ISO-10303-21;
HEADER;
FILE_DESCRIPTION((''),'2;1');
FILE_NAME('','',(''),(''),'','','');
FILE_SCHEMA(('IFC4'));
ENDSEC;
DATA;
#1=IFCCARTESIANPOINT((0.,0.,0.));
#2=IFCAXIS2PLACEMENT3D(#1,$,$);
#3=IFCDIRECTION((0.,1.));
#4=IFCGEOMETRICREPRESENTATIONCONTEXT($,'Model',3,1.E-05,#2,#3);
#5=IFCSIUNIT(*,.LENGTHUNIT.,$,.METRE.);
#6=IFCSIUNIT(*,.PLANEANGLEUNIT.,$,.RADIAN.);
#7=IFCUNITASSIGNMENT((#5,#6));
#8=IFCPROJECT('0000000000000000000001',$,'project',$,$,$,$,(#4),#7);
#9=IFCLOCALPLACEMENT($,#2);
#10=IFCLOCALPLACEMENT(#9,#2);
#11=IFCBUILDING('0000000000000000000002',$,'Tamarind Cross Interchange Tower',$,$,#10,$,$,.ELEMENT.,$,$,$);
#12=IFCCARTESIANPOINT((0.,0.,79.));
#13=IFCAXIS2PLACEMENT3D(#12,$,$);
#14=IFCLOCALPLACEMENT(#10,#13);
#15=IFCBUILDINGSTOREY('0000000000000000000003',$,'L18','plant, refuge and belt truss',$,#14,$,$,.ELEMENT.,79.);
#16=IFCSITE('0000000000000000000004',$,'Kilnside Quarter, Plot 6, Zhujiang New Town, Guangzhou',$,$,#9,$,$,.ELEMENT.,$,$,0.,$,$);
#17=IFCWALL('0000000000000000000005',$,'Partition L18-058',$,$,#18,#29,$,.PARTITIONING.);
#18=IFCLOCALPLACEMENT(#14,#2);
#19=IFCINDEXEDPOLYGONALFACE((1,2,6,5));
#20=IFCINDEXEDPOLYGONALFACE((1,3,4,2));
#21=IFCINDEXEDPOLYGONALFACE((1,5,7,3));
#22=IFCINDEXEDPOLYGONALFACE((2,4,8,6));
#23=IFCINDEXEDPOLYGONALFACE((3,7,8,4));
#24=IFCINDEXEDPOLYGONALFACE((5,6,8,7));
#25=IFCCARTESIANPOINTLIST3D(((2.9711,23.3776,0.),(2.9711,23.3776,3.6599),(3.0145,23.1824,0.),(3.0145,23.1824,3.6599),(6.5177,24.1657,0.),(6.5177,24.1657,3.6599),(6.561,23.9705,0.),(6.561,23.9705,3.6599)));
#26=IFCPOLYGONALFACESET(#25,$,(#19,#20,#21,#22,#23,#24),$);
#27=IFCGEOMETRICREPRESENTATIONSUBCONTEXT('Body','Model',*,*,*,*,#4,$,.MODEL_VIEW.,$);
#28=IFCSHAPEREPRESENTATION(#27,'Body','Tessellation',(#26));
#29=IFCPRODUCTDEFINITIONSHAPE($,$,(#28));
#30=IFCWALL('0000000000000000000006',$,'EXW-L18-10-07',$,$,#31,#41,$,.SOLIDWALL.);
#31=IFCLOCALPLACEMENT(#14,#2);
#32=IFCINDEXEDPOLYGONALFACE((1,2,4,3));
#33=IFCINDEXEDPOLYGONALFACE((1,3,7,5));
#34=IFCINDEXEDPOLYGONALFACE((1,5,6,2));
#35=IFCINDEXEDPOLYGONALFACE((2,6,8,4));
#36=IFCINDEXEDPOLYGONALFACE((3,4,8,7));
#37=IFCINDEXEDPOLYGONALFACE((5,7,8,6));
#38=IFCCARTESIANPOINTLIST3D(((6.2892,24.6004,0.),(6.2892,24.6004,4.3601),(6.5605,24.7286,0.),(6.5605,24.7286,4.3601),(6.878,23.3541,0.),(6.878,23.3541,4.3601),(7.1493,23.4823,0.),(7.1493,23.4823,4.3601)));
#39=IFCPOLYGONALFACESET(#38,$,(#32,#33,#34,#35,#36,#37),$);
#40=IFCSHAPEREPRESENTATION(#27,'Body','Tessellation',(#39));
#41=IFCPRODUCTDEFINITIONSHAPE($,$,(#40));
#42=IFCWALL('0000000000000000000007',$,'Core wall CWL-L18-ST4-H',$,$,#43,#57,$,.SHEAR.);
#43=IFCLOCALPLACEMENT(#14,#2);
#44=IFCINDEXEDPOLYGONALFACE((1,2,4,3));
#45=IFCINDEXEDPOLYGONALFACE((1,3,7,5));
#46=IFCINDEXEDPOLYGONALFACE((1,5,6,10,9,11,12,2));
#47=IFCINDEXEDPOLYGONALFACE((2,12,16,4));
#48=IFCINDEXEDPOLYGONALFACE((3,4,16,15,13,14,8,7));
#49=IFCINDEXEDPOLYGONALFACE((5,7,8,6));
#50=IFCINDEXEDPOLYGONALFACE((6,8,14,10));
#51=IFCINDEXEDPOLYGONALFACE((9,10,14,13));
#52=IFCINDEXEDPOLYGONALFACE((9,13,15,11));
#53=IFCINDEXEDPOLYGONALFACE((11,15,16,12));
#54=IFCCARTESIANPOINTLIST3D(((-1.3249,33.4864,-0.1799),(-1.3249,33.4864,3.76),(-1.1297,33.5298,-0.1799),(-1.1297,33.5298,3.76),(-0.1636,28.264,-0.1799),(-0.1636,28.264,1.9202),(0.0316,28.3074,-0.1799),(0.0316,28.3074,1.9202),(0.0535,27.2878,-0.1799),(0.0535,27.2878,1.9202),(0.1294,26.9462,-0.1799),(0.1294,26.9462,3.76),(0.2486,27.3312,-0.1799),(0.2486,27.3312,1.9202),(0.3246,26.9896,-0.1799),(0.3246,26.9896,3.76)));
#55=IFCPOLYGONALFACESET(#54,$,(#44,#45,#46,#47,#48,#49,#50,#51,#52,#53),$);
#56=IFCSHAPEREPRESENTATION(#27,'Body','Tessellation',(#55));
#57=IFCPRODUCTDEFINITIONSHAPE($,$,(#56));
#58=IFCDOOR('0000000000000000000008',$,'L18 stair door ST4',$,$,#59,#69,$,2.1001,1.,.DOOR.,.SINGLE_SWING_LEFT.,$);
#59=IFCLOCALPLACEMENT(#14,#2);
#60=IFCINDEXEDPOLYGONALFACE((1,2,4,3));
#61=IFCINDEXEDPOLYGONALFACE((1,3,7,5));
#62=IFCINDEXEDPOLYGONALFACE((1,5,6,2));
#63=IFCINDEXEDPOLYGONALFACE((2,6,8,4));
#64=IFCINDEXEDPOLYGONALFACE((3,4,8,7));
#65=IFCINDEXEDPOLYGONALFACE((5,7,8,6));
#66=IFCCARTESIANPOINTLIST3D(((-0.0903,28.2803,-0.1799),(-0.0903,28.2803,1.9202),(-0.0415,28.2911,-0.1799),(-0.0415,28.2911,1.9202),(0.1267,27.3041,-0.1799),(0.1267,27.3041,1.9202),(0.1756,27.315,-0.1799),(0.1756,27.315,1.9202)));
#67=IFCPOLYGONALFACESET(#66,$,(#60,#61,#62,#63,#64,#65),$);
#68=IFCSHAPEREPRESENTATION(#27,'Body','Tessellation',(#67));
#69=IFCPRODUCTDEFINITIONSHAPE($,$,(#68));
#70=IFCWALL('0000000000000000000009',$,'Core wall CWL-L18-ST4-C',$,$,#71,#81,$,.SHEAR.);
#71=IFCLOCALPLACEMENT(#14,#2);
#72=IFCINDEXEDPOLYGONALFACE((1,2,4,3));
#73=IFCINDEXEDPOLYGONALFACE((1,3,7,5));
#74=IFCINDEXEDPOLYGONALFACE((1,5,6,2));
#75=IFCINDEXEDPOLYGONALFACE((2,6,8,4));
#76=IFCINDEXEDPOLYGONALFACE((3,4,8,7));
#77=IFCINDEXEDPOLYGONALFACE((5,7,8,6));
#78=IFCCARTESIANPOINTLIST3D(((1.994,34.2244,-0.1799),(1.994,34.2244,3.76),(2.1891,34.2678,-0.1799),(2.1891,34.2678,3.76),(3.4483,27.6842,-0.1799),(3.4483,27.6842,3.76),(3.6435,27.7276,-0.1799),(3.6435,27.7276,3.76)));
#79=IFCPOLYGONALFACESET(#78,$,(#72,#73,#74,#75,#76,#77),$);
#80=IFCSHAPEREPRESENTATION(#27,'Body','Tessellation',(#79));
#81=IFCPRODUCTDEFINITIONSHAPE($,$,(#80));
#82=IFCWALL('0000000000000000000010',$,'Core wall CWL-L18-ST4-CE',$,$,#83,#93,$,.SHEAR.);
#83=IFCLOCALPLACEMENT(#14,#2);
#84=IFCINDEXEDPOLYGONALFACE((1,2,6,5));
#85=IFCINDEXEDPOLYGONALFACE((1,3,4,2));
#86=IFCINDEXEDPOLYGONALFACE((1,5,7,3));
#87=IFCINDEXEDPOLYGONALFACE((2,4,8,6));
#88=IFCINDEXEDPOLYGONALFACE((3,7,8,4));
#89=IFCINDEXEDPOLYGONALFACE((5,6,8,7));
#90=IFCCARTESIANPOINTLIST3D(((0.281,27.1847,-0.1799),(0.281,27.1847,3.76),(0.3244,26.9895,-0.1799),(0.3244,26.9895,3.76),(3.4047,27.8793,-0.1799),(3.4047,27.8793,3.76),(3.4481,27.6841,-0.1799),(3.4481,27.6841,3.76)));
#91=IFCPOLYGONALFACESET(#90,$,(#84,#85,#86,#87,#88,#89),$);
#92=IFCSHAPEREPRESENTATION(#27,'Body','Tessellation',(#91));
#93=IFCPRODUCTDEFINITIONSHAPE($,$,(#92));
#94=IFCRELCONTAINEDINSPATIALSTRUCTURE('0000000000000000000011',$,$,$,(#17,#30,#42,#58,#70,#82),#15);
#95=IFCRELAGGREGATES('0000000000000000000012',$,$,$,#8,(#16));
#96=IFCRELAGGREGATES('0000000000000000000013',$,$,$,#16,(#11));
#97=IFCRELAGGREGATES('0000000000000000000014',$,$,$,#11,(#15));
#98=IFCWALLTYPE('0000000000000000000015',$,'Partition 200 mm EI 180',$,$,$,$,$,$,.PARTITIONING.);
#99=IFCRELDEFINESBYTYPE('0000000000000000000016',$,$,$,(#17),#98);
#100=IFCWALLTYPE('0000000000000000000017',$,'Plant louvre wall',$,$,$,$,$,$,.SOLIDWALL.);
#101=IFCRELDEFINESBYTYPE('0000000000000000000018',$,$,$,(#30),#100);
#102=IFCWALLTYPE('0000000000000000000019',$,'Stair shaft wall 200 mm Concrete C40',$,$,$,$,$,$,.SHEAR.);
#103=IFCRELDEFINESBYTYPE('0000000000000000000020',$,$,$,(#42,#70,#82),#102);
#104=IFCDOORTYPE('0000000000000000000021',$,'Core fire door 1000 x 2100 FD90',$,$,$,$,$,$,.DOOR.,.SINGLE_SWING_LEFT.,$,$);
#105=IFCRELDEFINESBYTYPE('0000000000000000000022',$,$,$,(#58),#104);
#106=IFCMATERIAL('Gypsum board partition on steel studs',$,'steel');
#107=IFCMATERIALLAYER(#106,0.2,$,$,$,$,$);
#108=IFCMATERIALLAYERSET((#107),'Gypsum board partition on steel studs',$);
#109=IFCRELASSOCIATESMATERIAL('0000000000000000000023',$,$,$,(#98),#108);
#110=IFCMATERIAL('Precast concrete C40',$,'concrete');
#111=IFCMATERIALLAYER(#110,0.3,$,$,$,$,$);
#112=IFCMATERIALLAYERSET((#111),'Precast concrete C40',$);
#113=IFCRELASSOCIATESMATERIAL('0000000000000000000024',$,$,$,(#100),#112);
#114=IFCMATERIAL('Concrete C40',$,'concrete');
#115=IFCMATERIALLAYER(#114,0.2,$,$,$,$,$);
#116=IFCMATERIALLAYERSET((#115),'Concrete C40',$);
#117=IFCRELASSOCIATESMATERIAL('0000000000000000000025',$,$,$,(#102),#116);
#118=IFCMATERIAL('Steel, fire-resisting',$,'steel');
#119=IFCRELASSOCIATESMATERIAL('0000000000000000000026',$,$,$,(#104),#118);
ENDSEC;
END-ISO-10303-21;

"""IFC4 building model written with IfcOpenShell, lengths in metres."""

from ifc_helpers import new_model, si_unit, direction, frame, frame_2d, origin, place, context, subcontext, project, spatial, rectangle, extrude, material, layer, layer_set, type_object, element, fill, save


model = new_model("IFC4")

# Units and contexts
model_context = context("Model", 3, precision=1e-05, world=origin(), true_north=direction((0.0, 1.0)))
body_context = subcontext(model_context, "Body", "Model", "MODEL_VIEW")
ifc_project = project(units=[si_unit("LENGTHUNIT", "METRE"), si_unit("PLANEANGLEUNIT", "RADIAN")], contexts=[model_context])

# Site, building, storey
site_placement = place(None, origin())
site = spatial("IfcSite", under=ifc_project, at=site_placement, Name="Kilnside Quarter, Plot 6, Zhujiang New Town, Guangzhou", CompositionType="ELEMENT", RefElevation=0.0)
building_placement = place(site_placement, origin())
building = spatial("IfcBuilding", under=site, at=building_placement, Name="Tamarind Cross Interchange Tower", CompositionType="ELEMENT")
storey_placement = place(building_placement, frame((0.0, 0.0, 79.0)))
storey = spatial("IfcBuildingStorey", under=building, at=storey_placement, Name="L18", Description="plant, refuge and belt truss", CompositionType="ELEMENT", Elevation=79.0)

# Shared definitions
ifc_material_1 = material(Name="Gypsum board partition on steel studs", Category="steel")

# Shared definitions
ifc_layer_1 = layer(ifc_material_1, 0.2)
ifc_layer_set_1 = layer_set([ifc_layer_1], Name="Gypsum board partition on steel studs")
wall_type_1 = type_object("IfcWallType", Name="Partition 200 mm EI 180", PredefinedType="PARTITIONING", material=ifc_layer_set_1)

# Walls
wall_1_placement = place(storey_placement, frame((2.9929, 23.28, 0.0), z_axis=(0.0, 0.0, 1.0), x_axis=(0.97619, 0.216916, 0.0)))
element("IfcWall", 1, at=wall_1_placement, inside=storey, type_object=wall_type_1, Name="Partition L18-058", PredefinedType="PARTITIONING", context=body_context, shape_type="SweptSolid", body=[
    extrude(rectangle(XDim=3.6331, YDim=0.2, at=frame_2d((1.8164, 0.0))), origin(), (0.0, 0.0, 1.0), 3.6599),
])
ifc_material_2 = material(Name="Precast concrete C40", Category="concrete")
ifc_layer_2 = layer(ifc_material_2, 0.3)
ifc_layer_set_2 = layer_set([ifc_layer_2], Name="Precast concrete C40")
wall_type_2 = type_object("IfcWallType", Name="Plant louvre wall", PredefinedType="SOLIDWALL", material=ifc_layer_set_2)
wall_2_placement = place(storey_placement, frame((7.0137, 23.4182, 0.0), z_axis=(0.0, 0.0, 1.0), x_axis=(-0.427195, 0.904159, 0.0)))
element("IfcWall", 2, at=wall_2_placement, inside=storey, type_object=wall_type_2, Name="EXW-L18-10-07", PredefinedType="SOLIDWALL", context=body_context, shape_type="SweptSolid", body=[
    extrude(rectangle(XDim=1.3784, YDim=0.3, at=frame_2d((0.6892, 0.0))), origin(), (0.0, 0.0, 1.0), 4.3601),
])

# Wall, opening, door
ifc_material_3 = material(Name="Concrete C40", Category="concrete")
ifc_layer_3 = layer(ifc_material_3, 0.2)
ifc_layer_set_3 = layer_set([ifc_layer_3], Name="Concrete C40")
wall_type_3 = type_object("IfcWallType", Name="Stair shaft wall 200 mm Concrete C40", PredefinedType="SHEAR", material=ifc_layer_set_3)
wall_3_placement = place(storey_placement, frame((0.2271, 26.9678, -0.1799), z_axis=(0.0, 0.0, 1.0), x_axis=(-0.217065, 0.976157, 0.0)))
wall_3 = element("IfcWall", 3, at=wall_3_placement, inside=storey, type_object=wall_type_3, Name="Core wall CWL-L18-ST4-H", PredefinedType="SHEAR", context=body_context, shape_type="SweptSolid", body=[
    extrude(rectangle(XDim=6.7, YDim=0.2, at=frame_2d((3.3501, 0.0))), origin(), (0.0, 0.0, 1.0), 3.9399),
])
opening_1_placement = place(wall_3_placement, frame((0.3501, 0.0, 0.0)))
opening_1 = element("IfcOpeningElement", 4, at=opening_1_placement, cuts=wall_3, PredefinedType="OPENING", context=body_context, shape_type="SweptSolid", body=[
    extrude(rectangle(XDim=1.0, YDim=2.1001, at=frame_2d((0.5, 1.05))), frame((0.0, 0.1099, 0.0), z_axis=(0.0, -1.0, 0.0), x_axis=(1.0, 0.0, 0.0)), (0.0, 0.0, 1.0), 0.22),
])
ifc_material_4 = material(Name="Steel, fire-resisting", Category="steel")
door_type_1 = type_object("IfcDoorType", Name="Core fire door 1000 x 2100 FD90", OperationType="SINGLE_SWING_LEFT", PredefinedType="DOOR", material=ifc_material_4)
door_1_placement = place(opening_1_placement, origin())
door_1 = element("IfcDoor", 5, at=door_1_placement, inside=storey, type_object=door_type_1, Name="L18 stair door ST4", OperationType="SINGLE_SWING_LEFT", OverallHeight=2.1001, OverallWidth=1.0, PredefinedType="DOOR", context=body_context, shape_type="SweptSolid", body=[
    extrude(rectangle(XDim=1.0, YDim=2.1001, at=frame_2d((0.5, 1.05))), frame((0.0, 0.0249, 0.0), z_axis=(0.0, -1.0, 0.0), x_axis=(1.0, 0.0, 0.0)), (0.0, 0.0, 1.0), 0.05),
])
fill(opening_1, door_1)

# Walls
wall_4_placement = place(storey_placement, frame((3.5459, 27.7058, -0.1799), z_axis=(0.0, 0.0, 1.0), x_axis=(-0.217065, 0.976157, 0.0)))
element("IfcWall", 6, at=wall_4_placement, inside=storey, type_object=wall_type_3, Name="Core wall CWL-L18-ST4-C", PredefinedType="SHEAR", context=body_context, shape_type="SweptSolid", body=[
    extrude(rectangle(XDim=6.7, YDim=0.2, at=frame_2d((3.3501, 0.0))), origin(), (0.0, 0.0, 1.0), 3.9399),
])
wall_5_placement = place(storey_placement, frame((3.4265, 27.7817, -0.1799), z_axis=(0.0, 0.0, 1.0), x_axis=(-0.976157, -0.217068, 0.0)))
element("IfcWall", 7, at=wall_5_placement, inside=storey, type_object=wall_type_3, Name="Core wall CWL-L18-ST4-CE", PredefinedType="SHEAR", context=body_context, shape_type="SweptSolid", body=[
    extrude(rectangle(XDim=3.2, YDim=0.2, at=frame_2d((1.6001, 0.0))), origin(), (0.0, 0.0, 1.0), 3.9399),
])

save(model, "model.ifc")
